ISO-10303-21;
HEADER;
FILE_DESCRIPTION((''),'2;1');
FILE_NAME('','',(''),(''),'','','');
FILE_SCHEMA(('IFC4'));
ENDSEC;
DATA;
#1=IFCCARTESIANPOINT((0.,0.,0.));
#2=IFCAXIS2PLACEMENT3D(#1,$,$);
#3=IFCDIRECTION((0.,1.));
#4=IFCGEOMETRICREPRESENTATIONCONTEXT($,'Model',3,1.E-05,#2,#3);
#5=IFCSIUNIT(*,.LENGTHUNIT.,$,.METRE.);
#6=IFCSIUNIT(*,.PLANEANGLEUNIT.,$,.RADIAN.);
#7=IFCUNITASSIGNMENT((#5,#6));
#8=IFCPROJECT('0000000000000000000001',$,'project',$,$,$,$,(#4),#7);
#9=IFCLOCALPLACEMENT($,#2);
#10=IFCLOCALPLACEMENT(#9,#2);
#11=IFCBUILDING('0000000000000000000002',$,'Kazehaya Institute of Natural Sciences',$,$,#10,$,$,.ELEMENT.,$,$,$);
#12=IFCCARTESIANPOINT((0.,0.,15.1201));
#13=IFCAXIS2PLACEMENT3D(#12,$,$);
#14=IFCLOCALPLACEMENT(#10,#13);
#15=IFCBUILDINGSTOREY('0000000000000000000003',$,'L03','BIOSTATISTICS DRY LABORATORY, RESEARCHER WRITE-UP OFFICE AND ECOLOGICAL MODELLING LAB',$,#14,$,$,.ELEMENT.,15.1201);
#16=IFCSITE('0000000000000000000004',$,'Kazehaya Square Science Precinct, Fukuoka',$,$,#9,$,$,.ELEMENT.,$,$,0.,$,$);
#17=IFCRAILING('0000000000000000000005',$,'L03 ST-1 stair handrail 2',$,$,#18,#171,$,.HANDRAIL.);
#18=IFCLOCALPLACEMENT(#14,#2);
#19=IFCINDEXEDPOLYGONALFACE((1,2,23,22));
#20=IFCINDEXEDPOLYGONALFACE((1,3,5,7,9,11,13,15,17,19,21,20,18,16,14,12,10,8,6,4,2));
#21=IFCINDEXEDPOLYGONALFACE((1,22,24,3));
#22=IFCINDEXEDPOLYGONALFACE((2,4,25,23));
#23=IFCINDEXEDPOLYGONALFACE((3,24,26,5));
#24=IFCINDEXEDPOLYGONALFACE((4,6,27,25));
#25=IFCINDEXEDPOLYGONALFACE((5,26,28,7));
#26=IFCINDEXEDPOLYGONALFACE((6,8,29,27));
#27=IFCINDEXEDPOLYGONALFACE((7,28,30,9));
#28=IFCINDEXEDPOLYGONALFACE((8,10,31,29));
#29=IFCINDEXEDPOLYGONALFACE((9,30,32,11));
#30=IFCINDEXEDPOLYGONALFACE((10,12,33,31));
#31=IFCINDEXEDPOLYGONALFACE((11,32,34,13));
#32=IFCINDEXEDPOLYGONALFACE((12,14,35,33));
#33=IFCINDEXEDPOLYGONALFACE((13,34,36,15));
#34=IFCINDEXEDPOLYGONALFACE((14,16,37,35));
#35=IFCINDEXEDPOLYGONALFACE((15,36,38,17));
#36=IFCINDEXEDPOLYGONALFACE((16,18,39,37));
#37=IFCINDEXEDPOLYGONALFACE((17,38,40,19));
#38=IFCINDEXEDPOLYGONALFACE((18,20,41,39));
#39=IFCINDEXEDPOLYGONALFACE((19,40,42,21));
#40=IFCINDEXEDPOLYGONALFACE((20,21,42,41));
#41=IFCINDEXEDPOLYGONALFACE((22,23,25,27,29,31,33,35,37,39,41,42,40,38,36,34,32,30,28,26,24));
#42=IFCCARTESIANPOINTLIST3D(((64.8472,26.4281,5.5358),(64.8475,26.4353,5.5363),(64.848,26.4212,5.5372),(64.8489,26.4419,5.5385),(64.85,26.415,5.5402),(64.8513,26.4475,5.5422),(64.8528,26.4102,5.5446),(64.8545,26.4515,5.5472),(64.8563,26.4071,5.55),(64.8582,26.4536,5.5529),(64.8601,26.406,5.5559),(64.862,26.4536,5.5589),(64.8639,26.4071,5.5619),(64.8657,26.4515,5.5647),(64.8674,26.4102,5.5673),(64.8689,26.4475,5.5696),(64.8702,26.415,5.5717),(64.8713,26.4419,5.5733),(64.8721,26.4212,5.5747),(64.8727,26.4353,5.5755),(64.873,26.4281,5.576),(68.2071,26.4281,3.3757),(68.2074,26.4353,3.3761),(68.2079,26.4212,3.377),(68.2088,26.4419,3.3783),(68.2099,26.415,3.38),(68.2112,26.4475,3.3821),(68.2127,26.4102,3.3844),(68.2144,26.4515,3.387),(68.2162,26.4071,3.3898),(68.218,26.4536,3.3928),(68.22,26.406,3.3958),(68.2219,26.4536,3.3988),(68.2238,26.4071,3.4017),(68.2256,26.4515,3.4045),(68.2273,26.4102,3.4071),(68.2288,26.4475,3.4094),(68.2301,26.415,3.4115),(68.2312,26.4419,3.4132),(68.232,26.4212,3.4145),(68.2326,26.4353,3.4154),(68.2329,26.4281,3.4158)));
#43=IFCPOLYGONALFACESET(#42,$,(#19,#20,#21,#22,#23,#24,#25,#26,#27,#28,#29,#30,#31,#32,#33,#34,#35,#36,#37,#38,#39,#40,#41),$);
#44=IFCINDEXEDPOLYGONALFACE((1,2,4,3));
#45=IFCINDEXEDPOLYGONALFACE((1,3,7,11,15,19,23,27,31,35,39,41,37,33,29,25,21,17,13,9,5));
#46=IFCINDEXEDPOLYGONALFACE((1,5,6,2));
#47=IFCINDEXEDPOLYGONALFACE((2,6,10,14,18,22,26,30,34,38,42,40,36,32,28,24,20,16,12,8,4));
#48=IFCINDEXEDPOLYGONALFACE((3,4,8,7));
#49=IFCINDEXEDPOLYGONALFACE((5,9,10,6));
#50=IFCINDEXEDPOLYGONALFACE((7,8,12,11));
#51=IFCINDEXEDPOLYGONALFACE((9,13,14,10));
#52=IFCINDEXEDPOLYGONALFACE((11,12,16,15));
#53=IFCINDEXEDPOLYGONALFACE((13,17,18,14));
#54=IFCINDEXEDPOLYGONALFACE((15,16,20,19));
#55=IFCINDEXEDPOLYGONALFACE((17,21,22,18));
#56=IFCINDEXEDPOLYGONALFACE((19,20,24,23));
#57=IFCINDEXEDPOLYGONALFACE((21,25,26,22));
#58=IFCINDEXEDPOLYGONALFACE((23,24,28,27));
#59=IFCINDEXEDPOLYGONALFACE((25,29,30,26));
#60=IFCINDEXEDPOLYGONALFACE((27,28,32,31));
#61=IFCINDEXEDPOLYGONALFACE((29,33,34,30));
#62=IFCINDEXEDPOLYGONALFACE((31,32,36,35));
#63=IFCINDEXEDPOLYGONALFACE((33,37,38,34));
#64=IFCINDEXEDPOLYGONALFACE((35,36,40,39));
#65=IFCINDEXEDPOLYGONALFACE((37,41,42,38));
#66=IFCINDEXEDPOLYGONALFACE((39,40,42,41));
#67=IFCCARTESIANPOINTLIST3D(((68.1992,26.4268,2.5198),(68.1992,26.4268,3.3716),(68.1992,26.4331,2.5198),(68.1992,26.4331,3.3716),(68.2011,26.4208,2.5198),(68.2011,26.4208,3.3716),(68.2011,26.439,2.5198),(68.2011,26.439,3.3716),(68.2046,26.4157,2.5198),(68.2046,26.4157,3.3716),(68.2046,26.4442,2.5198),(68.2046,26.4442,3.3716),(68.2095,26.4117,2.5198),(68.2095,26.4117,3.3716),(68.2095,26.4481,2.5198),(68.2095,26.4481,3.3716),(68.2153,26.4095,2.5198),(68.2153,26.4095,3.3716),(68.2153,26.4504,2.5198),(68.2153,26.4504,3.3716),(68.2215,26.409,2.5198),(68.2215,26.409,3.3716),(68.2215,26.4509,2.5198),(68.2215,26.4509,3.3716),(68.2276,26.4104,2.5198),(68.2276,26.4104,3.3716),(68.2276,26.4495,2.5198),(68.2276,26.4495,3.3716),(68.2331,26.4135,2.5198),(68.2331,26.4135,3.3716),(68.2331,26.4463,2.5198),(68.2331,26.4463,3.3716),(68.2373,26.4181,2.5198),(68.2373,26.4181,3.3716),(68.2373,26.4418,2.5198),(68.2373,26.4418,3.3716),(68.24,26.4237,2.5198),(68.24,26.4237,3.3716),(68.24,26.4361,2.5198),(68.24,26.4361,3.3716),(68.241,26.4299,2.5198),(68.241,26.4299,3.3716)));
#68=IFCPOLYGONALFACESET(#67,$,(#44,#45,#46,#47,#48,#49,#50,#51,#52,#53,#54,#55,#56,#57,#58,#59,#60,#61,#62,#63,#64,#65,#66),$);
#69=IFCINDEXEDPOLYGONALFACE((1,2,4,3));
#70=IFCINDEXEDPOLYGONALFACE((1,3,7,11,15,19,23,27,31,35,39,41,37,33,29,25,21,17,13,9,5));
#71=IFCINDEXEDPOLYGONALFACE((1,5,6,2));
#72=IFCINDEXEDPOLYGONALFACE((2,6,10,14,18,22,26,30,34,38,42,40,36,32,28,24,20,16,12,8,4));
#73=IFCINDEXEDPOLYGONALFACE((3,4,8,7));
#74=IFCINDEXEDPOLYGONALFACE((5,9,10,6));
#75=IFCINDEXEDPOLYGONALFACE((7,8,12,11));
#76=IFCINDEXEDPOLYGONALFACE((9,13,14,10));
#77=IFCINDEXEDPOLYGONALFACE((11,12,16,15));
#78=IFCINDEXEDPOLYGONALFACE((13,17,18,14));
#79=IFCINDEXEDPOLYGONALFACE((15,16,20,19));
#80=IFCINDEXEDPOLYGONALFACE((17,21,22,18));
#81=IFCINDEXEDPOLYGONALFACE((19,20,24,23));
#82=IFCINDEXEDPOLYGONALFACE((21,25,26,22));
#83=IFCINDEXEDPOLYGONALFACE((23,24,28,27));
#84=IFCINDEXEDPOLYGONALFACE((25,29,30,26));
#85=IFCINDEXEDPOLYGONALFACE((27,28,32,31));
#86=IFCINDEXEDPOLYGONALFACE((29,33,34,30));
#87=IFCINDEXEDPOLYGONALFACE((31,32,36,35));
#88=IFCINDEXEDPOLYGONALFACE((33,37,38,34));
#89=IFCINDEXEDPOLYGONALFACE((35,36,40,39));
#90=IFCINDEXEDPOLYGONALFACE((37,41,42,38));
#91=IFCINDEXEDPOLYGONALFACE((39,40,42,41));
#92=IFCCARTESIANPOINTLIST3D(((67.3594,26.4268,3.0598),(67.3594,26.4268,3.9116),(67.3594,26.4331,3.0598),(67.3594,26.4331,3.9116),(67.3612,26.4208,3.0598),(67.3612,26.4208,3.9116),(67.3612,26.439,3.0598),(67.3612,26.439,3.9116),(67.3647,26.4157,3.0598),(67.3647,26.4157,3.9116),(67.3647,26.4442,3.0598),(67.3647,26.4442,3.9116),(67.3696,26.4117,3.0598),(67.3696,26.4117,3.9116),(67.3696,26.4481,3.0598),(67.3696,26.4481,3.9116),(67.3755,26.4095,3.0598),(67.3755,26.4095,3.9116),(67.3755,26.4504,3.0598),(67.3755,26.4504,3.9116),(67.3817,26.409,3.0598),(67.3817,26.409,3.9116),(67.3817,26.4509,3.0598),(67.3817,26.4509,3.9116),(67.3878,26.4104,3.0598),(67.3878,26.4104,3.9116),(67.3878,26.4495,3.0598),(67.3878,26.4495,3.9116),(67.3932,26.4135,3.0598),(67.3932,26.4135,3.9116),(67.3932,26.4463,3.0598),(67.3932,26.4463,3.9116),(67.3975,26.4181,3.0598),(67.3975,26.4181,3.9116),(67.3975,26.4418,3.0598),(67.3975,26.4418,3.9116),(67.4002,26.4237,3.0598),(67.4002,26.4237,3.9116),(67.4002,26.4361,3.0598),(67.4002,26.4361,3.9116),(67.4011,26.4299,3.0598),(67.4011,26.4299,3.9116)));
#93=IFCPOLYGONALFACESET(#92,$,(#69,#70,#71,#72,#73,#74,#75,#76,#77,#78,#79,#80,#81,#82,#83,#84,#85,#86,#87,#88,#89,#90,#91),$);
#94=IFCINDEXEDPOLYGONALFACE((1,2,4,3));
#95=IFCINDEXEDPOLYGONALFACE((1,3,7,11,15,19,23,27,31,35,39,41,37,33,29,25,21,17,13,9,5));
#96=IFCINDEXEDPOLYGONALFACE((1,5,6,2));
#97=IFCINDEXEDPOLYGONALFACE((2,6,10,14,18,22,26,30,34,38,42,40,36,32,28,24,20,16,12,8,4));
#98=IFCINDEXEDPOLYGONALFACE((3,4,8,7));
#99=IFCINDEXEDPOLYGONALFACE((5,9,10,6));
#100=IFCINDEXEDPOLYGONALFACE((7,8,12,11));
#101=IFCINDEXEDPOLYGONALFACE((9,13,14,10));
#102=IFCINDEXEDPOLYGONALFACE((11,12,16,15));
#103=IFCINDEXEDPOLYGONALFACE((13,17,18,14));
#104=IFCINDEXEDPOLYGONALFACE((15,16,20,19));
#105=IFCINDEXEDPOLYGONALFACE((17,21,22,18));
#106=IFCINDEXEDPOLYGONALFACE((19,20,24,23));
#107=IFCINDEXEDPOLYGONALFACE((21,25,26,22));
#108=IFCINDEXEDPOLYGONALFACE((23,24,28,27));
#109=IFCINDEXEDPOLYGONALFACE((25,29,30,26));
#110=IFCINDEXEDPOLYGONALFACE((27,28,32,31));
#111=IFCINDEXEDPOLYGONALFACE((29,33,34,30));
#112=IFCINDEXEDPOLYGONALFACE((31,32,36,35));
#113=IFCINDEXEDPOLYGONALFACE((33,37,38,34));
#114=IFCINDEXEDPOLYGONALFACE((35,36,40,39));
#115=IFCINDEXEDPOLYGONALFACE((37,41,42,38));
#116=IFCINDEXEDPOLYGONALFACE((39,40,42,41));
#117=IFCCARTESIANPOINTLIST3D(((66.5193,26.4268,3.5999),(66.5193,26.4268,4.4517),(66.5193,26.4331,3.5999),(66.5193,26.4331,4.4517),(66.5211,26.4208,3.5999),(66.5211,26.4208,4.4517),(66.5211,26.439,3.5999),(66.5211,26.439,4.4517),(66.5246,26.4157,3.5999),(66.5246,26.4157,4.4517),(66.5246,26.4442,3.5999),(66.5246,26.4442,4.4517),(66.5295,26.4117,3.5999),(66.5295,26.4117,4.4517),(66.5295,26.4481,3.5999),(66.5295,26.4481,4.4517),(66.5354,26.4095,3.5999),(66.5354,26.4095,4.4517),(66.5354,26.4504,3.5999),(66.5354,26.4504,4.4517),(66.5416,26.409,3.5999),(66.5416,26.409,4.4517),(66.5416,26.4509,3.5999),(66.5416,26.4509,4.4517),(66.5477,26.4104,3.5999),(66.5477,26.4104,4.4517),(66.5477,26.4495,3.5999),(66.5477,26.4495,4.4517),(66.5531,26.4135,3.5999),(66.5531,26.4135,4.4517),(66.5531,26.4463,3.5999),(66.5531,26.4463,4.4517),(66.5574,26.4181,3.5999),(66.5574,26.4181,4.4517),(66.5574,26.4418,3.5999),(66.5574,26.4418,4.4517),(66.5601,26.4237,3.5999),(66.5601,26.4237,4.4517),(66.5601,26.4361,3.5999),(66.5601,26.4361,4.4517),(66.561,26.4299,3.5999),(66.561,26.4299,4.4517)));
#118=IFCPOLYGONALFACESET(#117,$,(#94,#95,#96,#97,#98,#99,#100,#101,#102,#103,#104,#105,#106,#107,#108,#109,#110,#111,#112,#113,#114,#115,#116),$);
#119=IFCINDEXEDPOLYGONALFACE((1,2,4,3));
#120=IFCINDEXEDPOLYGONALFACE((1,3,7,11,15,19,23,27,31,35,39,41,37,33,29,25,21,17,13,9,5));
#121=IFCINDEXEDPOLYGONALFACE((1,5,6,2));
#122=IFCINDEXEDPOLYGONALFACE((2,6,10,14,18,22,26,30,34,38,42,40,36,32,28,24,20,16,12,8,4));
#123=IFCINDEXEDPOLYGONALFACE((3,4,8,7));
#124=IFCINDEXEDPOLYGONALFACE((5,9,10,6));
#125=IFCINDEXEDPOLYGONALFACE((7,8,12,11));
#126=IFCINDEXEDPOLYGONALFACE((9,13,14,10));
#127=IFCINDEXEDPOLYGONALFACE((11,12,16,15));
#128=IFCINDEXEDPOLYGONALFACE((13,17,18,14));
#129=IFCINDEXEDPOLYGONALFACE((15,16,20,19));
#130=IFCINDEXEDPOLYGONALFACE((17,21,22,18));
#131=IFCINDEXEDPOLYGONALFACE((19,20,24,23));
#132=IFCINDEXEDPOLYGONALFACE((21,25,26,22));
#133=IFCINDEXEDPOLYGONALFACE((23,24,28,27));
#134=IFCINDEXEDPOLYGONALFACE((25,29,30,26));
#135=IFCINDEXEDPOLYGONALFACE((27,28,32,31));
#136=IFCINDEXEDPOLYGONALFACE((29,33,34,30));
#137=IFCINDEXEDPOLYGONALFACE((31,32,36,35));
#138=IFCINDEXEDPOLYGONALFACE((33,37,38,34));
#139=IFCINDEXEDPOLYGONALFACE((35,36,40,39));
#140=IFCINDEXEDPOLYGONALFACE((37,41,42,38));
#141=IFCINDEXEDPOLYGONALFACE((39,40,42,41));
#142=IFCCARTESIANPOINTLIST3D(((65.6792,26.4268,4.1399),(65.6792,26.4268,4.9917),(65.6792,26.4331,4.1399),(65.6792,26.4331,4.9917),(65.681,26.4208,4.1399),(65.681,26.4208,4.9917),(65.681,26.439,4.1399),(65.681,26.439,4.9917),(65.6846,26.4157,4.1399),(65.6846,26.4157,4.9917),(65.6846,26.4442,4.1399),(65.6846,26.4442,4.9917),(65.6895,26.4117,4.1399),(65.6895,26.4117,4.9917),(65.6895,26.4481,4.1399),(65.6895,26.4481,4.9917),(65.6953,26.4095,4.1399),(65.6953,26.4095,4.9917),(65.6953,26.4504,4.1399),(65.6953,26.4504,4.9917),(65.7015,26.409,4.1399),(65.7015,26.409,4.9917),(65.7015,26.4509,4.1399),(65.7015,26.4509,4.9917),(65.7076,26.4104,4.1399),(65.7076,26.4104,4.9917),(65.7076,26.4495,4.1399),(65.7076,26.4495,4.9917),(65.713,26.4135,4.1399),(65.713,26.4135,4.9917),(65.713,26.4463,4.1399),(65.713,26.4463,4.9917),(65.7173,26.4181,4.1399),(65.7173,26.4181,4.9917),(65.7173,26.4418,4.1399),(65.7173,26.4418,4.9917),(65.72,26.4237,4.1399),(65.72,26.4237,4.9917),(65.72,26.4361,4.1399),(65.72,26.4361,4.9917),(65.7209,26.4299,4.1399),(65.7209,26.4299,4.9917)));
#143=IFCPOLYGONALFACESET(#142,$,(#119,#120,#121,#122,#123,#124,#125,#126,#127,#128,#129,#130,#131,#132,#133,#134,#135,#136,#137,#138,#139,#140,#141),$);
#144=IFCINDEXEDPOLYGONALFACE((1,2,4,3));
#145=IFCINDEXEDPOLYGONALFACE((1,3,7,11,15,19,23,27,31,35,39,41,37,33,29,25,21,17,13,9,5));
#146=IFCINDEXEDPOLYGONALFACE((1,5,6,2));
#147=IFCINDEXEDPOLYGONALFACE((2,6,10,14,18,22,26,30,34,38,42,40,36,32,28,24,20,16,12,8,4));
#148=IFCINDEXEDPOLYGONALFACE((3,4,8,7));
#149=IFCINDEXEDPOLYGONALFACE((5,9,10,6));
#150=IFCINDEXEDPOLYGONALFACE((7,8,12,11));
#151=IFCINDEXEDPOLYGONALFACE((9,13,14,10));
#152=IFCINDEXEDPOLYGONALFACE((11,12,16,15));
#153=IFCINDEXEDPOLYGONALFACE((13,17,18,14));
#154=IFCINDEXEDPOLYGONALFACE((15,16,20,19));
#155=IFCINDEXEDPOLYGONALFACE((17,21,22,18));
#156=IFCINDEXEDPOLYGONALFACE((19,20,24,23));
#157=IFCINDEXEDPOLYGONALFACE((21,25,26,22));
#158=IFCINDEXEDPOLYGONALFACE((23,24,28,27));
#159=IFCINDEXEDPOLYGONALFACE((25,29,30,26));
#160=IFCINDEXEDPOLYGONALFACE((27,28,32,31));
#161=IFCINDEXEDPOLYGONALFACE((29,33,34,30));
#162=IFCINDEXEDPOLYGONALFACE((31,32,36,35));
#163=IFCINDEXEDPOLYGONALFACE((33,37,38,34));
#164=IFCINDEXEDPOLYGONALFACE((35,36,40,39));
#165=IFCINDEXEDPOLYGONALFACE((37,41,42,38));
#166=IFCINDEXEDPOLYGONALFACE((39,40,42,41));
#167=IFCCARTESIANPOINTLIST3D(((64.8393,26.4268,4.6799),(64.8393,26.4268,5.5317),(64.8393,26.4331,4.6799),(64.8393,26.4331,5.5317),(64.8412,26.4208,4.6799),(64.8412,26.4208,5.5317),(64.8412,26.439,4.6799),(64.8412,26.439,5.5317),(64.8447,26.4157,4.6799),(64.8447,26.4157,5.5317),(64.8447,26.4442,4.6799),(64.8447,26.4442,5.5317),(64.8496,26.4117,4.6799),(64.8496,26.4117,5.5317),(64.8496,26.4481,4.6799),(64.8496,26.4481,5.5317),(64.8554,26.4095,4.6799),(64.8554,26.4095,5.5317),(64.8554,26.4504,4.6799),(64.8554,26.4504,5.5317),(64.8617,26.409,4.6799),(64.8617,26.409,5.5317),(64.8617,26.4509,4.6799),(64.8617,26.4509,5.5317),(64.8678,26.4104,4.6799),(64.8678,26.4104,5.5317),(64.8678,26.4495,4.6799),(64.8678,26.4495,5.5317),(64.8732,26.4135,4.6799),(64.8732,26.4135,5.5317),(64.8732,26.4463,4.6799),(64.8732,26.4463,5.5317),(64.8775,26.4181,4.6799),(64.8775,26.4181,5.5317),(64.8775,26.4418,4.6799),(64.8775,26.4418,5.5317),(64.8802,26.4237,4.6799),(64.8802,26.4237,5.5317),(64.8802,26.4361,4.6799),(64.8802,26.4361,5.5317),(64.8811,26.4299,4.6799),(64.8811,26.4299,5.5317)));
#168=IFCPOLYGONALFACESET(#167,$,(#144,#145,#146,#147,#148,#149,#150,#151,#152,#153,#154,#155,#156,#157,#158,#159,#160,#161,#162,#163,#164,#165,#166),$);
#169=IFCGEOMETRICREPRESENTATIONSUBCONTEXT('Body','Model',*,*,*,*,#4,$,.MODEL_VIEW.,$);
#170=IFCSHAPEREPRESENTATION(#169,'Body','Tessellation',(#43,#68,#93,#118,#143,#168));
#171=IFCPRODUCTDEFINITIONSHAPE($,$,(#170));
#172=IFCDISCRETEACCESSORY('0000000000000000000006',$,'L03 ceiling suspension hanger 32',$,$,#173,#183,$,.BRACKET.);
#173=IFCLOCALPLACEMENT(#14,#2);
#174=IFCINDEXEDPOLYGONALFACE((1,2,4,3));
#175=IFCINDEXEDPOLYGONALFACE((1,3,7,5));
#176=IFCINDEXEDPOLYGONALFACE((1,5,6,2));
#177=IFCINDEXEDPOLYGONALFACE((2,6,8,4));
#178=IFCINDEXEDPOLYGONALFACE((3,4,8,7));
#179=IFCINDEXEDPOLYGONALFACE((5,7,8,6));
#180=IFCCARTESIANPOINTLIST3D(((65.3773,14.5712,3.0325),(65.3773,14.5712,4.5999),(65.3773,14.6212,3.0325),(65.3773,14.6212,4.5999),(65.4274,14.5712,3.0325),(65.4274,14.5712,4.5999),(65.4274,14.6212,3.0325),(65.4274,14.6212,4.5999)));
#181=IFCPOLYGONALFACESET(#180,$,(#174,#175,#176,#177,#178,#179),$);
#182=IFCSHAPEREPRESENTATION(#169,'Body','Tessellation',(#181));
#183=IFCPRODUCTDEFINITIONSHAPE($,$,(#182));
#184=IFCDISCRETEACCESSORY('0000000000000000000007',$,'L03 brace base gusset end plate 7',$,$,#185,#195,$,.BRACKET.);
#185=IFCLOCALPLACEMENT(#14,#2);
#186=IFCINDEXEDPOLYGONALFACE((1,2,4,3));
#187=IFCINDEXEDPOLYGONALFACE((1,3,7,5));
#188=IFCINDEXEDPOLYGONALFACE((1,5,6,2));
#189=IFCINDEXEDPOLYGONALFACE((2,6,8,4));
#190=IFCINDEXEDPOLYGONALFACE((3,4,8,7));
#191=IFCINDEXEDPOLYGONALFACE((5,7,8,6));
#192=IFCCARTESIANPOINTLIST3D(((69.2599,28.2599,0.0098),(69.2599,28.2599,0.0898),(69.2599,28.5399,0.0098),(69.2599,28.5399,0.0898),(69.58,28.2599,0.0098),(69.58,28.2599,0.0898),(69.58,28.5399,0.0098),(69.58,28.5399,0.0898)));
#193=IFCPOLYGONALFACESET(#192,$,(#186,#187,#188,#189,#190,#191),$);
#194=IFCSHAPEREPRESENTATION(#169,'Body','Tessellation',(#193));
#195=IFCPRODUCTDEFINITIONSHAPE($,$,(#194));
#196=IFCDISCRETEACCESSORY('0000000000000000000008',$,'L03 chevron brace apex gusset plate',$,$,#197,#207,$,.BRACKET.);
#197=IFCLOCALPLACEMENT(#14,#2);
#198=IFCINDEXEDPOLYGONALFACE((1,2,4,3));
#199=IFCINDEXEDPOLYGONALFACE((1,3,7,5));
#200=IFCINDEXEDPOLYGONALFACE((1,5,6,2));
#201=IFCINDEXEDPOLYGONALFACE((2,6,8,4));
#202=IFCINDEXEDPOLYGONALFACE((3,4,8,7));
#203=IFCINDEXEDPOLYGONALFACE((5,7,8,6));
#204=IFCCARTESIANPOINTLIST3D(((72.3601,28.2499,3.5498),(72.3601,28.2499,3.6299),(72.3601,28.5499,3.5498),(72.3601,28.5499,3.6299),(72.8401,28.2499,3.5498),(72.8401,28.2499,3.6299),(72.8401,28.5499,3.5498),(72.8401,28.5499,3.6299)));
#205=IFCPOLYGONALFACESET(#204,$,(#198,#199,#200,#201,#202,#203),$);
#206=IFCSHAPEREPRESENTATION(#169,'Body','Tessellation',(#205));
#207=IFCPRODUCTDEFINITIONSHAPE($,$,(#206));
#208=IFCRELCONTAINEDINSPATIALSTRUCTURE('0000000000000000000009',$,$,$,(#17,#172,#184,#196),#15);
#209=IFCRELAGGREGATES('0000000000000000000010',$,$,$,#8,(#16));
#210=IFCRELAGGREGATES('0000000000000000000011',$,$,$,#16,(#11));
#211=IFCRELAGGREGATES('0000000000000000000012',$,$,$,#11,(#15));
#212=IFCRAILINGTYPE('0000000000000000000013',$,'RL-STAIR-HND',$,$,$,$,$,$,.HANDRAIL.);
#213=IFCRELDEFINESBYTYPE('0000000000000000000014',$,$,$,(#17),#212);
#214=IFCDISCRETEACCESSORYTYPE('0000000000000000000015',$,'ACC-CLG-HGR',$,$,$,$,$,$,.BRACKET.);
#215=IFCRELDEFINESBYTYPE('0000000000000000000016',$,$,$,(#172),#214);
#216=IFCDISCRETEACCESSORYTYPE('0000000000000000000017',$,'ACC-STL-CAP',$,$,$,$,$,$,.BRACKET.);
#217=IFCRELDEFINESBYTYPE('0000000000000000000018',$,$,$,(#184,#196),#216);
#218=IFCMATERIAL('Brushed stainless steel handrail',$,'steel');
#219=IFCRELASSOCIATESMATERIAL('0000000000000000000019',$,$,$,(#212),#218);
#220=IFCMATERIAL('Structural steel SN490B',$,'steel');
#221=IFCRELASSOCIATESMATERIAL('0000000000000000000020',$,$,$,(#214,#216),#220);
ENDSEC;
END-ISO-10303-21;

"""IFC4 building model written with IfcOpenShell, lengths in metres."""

from ifc_helpers import new_model, si_unit, direction, frame, origin, origin_2d, place, context, subcontext, project, spatial, rectangle, circle, extrude, material, type_object, element, save


model = new_model("IFC4")

# Units and contexts
model_context = context("Model", 3, precision=1e-05, world=origin(), true_north=direction((0.0, 1.0)))
body_context = subcontext(model_context, "Body", "Model", "MODEL_VIEW")
ifc_project = project(units=[si_unit("LENGTHUNIT", "METRE"), si_unit("PLANEANGLEUNIT", "RADIAN")], contexts=[model_context])

# Site, building, storey
site_placement = place(None, origin())
site = spatial("IfcSite", under=ifc_project, at=site_placement, Name="Kazehaya Square Science Precinct, Fukuoka", CompositionType="ELEMENT", RefElevation=0.0)
building_placement = place(site_placement, origin())
building = spatial("IfcBuilding", under=site, at=building_placement, Name="Kazehaya Institute of Natural Sciences", CompositionType="ELEMENT")
storey_placement = place(building_placement, frame((0.0, 0.0, 15.1201)))
storey = spatial("IfcBuildingStorey", under=building, at=storey_placement, Name="L03", Description="BIOSTATISTICS DRY LABORATORY, RESEARCHER WRITE-UP OFFICE AND ECOLOGICAL MODELLING LAB", CompositionType="ELEMENT", Elevation=15.1201)

# Railing
ifc_material_1 = material(Name="Structural steel SN490B", Category="steel")
ifc_material_2 = material(Name="Brushed stainless steel handrail", Category="steel")
railing_type_1 = type_object("IfcRailingType", Name="RL-STAIR-HND", PredefinedType="HANDRAIL", material=ifc_material_2)
railing_1_placement = place(storey_placement, frame((68.22, 26.4299, 2.5198)))
element("IfcRailing", 1, at=railing_1_placement, inside=storey, type_object=railing_type_1, Name="L03 ST-1 stair handrail 2", PredefinedType="HANDRAIL", context=body_context, shape_type="SweptSolid", body=[
    extrude(circle(Radius=0.0239, at=origin_2d()), frame((0.0, 0.0, 0.876), z_axis=(-0.841151, 0.0, 0.540801), x_axis=(0.0, -1.0, 0.0)), (0.0, 0.0, 1.0), 3.9944),
    extrude(circle(Radius=0.021, at=origin_2d()), origin(), (0.0, 0.0, 1.0), 0.8518),
    extrude(circle(Radius=0.021, at=origin_2d()), frame((-0.8398, 0.0, 0.54)), (0.0, 0.0, 1.0), 0.8518),
    extrude(circle(Radius=0.021, at=origin_2d()), frame((-1.6799, 0.0, 1.0801)), (0.0, 0.0, 1.0), 0.8518),
    extrude(circle(Radius=0.021, at=origin_2d()), frame((-2.52, 0.0, 1.6201)), (0.0, 0.0, 1.0), 0.8518),
    extrude(circle(Radius=0.021, at=origin_2d()), frame((-3.3599, 0.0, 2.1602)), (0.0, 0.0, 1.0), 0.8518),
])

# Discrete accessories
discrete_accessory_type_1 = type_object("IfcDiscreteAccessoryType", Name="ACC-CLG-HGR", PredefinedType="BRACKET", material=ifc_material_1)
discrete_accessory_1_placement = place(storey_placement, frame((65.4023, 14.5962, 3.0325), z_axis=(0.0, 0.0, 1.0), x_axis=(1.0, 0.0, 0.0)))
element("IfcDiscreteAccessory", 2, at=discrete_accessory_1_placement, inside=storey, type_object=discrete_accessory_type_1, Name="L03 ceiling suspension hanger 32", PredefinedType="BRACKET", context=body_context, shape_type="SweptSolid", body=[
    extrude(rectangle(XDim=0.05, YDim=0.05, at=origin_2d()), origin(), (0.0, 0.0, 1.0), 1.5674),
])
discrete_accessory_type_2 = type_object("IfcDiscreteAccessoryType", Name="ACC-STL-CAP", PredefinedType="BRACKET", material=ifc_material_1)
discrete_accessory_2_placement = place(storey_placement, frame((69.4199, 28.3999, 0.0098), z_axis=(0.0, 0.0, 1.0), x_axis=(1.0, 0.0, 0.0)))
element("IfcDiscreteAccessory", 3, at=discrete_accessory_2_placement, inside=storey, type_object=discrete_accessory_type_2, Name="L03 brace base gusset end plate 7", PredefinedType="BRACKET", context=body_context, shape_type="SweptSolid", body=[
    extrude(rectangle(XDim=0.3201, YDim=0.28, at=origin_2d()), origin(), (0.0, 0.0, 1.0), 0.0801),
])
discrete_accessory_3_placement = place(storey_placement, frame((72.6001, 28.3999, 3.5498), z_axis=(0.0, 0.0, 1.0), x_axis=(1.0, 0.0, 0.0)))
element("IfcDiscreteAccessory", 4, at=discrete_accessory_3_placement, inside=storey, type_object=discrete_accessory_type_2, Name="L03 chevron brace apex gusset plate", PredefinedType="BRACKET", context=body_context, shape_type="SweptSolid", body=[
    extrude(rectangle(XDim=0.48, YDim=0.3, at=origin_2d()), origin(), (0.0, 0.0, 1.0), 0.0801),
])

save(model, "model.ifc")
